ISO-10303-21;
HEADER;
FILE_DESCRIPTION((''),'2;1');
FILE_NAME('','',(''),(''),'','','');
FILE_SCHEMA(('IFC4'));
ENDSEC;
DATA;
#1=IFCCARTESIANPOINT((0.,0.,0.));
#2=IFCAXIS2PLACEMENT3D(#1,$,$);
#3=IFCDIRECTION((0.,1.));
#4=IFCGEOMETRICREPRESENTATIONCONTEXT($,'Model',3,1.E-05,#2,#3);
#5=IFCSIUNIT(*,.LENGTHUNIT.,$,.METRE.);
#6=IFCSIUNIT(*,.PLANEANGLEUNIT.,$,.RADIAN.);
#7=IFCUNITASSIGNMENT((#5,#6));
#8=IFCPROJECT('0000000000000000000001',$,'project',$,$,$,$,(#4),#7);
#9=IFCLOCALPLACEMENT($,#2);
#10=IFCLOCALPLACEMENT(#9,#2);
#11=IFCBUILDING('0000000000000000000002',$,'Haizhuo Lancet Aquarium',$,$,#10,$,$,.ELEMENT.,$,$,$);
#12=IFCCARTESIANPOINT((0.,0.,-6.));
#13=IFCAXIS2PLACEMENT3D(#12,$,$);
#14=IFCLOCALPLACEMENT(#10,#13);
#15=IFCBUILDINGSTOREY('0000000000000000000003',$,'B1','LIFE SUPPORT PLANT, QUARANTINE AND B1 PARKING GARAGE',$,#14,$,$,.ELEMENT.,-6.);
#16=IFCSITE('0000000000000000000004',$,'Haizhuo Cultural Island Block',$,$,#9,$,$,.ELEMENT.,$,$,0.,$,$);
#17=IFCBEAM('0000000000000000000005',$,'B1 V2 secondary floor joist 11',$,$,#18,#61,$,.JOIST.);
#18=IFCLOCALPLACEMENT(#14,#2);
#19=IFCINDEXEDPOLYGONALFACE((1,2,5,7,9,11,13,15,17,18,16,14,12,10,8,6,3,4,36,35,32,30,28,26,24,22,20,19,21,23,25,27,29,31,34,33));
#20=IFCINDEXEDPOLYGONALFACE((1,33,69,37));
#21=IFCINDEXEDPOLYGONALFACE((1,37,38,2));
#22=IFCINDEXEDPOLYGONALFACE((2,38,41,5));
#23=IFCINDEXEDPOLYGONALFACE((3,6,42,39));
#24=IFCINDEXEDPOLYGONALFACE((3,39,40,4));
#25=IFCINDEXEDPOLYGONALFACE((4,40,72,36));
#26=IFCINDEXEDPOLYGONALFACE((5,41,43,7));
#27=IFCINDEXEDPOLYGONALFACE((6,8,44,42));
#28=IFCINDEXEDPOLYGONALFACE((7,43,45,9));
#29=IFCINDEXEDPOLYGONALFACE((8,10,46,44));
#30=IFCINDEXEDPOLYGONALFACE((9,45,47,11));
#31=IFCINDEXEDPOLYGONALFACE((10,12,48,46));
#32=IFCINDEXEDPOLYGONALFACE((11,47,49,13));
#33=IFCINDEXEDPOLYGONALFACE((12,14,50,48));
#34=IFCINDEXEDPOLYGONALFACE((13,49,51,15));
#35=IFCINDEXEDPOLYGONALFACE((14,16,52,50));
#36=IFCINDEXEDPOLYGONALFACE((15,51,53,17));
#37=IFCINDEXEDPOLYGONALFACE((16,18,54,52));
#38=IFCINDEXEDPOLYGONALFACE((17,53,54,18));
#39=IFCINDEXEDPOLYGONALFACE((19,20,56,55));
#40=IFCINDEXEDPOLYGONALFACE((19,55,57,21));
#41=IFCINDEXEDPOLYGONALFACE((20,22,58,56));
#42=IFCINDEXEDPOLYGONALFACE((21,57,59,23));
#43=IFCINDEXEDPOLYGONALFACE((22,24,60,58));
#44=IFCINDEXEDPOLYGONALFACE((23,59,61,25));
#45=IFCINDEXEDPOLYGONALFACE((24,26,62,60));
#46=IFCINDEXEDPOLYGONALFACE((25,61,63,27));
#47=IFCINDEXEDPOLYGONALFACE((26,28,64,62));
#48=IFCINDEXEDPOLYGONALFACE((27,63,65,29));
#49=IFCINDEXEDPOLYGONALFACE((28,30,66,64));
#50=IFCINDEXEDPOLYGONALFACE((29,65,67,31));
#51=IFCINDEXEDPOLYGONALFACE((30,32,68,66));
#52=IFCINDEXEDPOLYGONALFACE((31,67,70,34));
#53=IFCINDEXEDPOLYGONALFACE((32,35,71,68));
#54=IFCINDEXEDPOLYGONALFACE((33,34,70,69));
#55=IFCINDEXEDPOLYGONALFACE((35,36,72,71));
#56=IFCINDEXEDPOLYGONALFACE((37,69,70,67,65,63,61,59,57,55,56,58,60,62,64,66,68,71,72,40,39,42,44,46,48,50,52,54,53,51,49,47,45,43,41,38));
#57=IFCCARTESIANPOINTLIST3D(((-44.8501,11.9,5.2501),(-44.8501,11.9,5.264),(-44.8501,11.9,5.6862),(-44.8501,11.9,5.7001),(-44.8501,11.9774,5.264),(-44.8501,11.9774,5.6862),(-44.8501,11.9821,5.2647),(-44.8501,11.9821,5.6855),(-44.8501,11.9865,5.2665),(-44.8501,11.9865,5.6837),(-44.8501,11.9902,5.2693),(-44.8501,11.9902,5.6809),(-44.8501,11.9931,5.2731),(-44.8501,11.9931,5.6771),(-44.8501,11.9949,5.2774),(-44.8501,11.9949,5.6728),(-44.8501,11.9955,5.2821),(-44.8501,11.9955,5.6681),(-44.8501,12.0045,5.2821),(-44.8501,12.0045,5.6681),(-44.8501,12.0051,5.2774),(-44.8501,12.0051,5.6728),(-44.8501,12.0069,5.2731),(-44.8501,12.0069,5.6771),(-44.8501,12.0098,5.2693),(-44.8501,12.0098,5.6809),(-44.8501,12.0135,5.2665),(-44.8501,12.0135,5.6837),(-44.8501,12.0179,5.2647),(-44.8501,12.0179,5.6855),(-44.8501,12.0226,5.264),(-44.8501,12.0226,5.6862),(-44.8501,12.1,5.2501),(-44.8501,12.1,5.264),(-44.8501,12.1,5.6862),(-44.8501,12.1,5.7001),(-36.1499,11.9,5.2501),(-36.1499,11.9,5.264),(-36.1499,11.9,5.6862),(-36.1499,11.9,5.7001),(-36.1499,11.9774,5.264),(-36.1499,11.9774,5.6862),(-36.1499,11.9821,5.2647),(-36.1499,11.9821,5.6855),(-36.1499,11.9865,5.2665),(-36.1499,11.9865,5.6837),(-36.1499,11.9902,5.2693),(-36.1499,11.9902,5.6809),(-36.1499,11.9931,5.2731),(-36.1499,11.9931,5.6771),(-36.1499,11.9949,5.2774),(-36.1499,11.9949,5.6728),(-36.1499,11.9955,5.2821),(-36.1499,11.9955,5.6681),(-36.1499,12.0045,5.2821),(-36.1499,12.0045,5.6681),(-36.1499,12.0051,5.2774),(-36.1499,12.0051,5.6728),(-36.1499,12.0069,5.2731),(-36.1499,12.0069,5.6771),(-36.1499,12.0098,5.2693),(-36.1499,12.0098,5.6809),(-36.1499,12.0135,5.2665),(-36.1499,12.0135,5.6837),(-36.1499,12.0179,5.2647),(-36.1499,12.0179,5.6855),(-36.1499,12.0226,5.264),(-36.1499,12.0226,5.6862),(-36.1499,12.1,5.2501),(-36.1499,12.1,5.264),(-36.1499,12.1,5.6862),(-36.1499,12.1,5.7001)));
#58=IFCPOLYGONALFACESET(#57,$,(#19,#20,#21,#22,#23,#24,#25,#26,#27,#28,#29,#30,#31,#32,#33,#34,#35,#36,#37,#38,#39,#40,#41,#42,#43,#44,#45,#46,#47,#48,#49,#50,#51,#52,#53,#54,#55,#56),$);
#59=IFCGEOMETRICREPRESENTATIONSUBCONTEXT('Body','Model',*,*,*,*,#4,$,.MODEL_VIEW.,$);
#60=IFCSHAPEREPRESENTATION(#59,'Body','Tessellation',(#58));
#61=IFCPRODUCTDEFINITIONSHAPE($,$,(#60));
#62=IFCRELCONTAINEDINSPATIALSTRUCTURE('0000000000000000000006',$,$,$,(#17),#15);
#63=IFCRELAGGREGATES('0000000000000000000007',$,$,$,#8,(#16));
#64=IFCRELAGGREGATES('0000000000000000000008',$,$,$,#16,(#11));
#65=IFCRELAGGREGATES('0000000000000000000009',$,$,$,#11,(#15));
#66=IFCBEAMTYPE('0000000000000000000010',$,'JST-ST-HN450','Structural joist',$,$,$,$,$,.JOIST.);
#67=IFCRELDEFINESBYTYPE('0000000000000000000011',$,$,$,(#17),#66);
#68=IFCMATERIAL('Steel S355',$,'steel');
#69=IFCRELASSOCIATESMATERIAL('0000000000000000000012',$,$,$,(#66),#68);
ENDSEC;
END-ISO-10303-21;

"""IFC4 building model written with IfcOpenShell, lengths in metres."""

from ifc_helpers import new_model, si_unit, direction, frame, origin, origin_2d, place, context, subcontext, project, spatial, i_section, extrude, material, material_profile, profile_set, type_object, element, save


model = new_model("IFC4")

# Units and contexts
model_context = context("Model", 3, precision=1e-05, world=origin(), true_north=direction((0.0, 1.0)))
body_context = subcontext(model_context, "Body", "Model", "MODEL_VIEW")
ifc_project = project(units=[si_unit("LENGTHUNIT", "METRE"), si_unit("PLANEANGLEUNIT", "RADIAN")], contexts=[model_context])

# Site, building, storey
site_placement = place(None, origin())
site = spatial("IfcSite", under=ifc_project, at=site_placement, Name="Haizhuo Cultural Island Block", CompositionType="ELEMENT", RefElevation=0.0)
building_placement = place(site_placement, origin())
building = spatial("IfcBuilding", under=site, at=building_placement, Name="Haizhuo Lancet Aquarium", CompositionType="ELEMENT")
storey_placement = place(building_placement, frame((0.0, 0.0, -6.0)))
storey = spatial("IfcBuildingStorey", under=building, at=storey_placement, Name="B1", Description="LIFE SUPPORT PLANT, QUARANTINE AND B1 PARKING GARAGE", CompositionType="ELEMENT", Elevation=-6.0)

# Beam
ifc_material_1 = material(Name="Steel S355", Category="steel")
ifc_material_profile_1 = material_profile(ifc_material_1, i_section(OverallWidth=0.2, OverallDepth=0.45, WebThickness=0.009, FlangeThickness=0.0139, FilletRadius=0.0181, at=origin_2d()), Name="HN 450x200x9x14")
ifc_profile_set_1 = profile_set([ifc_material_profile_1], Name="Steel S355")
beam_type_1 = type_object("IfcBeamType", Name="JST-ST-HN450", Description="Structural joist", PredefinedType="JOIST", material=ifc_profile_set_1)
beam_1_placement = place(storey_placement, frame((-44.8501, 12.0, 5.4751), z_axis=(1.0, 0.0, 0.0), x_axis=(0.0, 1.0, 0.0)))
element("IfcBeam", 1, at=beam_1_placement, inside=storey, type_object=beam_type_1, Name="B1 V2 secondary floor joist 11", PredefinedType="JOIST", context=body_context, shape_type="SweptSolid", body=[
    extrude(i_section(OverallWidth=0.2, OverallDepth=0.45, WebThickness=0.009, FlangeThickness=0.0139, FilletRadius=0.0181, at=origin_2d()), origin(), (0.0, 0.0, 1.0), 8.7002),
])

save(model, "model.ifc")
